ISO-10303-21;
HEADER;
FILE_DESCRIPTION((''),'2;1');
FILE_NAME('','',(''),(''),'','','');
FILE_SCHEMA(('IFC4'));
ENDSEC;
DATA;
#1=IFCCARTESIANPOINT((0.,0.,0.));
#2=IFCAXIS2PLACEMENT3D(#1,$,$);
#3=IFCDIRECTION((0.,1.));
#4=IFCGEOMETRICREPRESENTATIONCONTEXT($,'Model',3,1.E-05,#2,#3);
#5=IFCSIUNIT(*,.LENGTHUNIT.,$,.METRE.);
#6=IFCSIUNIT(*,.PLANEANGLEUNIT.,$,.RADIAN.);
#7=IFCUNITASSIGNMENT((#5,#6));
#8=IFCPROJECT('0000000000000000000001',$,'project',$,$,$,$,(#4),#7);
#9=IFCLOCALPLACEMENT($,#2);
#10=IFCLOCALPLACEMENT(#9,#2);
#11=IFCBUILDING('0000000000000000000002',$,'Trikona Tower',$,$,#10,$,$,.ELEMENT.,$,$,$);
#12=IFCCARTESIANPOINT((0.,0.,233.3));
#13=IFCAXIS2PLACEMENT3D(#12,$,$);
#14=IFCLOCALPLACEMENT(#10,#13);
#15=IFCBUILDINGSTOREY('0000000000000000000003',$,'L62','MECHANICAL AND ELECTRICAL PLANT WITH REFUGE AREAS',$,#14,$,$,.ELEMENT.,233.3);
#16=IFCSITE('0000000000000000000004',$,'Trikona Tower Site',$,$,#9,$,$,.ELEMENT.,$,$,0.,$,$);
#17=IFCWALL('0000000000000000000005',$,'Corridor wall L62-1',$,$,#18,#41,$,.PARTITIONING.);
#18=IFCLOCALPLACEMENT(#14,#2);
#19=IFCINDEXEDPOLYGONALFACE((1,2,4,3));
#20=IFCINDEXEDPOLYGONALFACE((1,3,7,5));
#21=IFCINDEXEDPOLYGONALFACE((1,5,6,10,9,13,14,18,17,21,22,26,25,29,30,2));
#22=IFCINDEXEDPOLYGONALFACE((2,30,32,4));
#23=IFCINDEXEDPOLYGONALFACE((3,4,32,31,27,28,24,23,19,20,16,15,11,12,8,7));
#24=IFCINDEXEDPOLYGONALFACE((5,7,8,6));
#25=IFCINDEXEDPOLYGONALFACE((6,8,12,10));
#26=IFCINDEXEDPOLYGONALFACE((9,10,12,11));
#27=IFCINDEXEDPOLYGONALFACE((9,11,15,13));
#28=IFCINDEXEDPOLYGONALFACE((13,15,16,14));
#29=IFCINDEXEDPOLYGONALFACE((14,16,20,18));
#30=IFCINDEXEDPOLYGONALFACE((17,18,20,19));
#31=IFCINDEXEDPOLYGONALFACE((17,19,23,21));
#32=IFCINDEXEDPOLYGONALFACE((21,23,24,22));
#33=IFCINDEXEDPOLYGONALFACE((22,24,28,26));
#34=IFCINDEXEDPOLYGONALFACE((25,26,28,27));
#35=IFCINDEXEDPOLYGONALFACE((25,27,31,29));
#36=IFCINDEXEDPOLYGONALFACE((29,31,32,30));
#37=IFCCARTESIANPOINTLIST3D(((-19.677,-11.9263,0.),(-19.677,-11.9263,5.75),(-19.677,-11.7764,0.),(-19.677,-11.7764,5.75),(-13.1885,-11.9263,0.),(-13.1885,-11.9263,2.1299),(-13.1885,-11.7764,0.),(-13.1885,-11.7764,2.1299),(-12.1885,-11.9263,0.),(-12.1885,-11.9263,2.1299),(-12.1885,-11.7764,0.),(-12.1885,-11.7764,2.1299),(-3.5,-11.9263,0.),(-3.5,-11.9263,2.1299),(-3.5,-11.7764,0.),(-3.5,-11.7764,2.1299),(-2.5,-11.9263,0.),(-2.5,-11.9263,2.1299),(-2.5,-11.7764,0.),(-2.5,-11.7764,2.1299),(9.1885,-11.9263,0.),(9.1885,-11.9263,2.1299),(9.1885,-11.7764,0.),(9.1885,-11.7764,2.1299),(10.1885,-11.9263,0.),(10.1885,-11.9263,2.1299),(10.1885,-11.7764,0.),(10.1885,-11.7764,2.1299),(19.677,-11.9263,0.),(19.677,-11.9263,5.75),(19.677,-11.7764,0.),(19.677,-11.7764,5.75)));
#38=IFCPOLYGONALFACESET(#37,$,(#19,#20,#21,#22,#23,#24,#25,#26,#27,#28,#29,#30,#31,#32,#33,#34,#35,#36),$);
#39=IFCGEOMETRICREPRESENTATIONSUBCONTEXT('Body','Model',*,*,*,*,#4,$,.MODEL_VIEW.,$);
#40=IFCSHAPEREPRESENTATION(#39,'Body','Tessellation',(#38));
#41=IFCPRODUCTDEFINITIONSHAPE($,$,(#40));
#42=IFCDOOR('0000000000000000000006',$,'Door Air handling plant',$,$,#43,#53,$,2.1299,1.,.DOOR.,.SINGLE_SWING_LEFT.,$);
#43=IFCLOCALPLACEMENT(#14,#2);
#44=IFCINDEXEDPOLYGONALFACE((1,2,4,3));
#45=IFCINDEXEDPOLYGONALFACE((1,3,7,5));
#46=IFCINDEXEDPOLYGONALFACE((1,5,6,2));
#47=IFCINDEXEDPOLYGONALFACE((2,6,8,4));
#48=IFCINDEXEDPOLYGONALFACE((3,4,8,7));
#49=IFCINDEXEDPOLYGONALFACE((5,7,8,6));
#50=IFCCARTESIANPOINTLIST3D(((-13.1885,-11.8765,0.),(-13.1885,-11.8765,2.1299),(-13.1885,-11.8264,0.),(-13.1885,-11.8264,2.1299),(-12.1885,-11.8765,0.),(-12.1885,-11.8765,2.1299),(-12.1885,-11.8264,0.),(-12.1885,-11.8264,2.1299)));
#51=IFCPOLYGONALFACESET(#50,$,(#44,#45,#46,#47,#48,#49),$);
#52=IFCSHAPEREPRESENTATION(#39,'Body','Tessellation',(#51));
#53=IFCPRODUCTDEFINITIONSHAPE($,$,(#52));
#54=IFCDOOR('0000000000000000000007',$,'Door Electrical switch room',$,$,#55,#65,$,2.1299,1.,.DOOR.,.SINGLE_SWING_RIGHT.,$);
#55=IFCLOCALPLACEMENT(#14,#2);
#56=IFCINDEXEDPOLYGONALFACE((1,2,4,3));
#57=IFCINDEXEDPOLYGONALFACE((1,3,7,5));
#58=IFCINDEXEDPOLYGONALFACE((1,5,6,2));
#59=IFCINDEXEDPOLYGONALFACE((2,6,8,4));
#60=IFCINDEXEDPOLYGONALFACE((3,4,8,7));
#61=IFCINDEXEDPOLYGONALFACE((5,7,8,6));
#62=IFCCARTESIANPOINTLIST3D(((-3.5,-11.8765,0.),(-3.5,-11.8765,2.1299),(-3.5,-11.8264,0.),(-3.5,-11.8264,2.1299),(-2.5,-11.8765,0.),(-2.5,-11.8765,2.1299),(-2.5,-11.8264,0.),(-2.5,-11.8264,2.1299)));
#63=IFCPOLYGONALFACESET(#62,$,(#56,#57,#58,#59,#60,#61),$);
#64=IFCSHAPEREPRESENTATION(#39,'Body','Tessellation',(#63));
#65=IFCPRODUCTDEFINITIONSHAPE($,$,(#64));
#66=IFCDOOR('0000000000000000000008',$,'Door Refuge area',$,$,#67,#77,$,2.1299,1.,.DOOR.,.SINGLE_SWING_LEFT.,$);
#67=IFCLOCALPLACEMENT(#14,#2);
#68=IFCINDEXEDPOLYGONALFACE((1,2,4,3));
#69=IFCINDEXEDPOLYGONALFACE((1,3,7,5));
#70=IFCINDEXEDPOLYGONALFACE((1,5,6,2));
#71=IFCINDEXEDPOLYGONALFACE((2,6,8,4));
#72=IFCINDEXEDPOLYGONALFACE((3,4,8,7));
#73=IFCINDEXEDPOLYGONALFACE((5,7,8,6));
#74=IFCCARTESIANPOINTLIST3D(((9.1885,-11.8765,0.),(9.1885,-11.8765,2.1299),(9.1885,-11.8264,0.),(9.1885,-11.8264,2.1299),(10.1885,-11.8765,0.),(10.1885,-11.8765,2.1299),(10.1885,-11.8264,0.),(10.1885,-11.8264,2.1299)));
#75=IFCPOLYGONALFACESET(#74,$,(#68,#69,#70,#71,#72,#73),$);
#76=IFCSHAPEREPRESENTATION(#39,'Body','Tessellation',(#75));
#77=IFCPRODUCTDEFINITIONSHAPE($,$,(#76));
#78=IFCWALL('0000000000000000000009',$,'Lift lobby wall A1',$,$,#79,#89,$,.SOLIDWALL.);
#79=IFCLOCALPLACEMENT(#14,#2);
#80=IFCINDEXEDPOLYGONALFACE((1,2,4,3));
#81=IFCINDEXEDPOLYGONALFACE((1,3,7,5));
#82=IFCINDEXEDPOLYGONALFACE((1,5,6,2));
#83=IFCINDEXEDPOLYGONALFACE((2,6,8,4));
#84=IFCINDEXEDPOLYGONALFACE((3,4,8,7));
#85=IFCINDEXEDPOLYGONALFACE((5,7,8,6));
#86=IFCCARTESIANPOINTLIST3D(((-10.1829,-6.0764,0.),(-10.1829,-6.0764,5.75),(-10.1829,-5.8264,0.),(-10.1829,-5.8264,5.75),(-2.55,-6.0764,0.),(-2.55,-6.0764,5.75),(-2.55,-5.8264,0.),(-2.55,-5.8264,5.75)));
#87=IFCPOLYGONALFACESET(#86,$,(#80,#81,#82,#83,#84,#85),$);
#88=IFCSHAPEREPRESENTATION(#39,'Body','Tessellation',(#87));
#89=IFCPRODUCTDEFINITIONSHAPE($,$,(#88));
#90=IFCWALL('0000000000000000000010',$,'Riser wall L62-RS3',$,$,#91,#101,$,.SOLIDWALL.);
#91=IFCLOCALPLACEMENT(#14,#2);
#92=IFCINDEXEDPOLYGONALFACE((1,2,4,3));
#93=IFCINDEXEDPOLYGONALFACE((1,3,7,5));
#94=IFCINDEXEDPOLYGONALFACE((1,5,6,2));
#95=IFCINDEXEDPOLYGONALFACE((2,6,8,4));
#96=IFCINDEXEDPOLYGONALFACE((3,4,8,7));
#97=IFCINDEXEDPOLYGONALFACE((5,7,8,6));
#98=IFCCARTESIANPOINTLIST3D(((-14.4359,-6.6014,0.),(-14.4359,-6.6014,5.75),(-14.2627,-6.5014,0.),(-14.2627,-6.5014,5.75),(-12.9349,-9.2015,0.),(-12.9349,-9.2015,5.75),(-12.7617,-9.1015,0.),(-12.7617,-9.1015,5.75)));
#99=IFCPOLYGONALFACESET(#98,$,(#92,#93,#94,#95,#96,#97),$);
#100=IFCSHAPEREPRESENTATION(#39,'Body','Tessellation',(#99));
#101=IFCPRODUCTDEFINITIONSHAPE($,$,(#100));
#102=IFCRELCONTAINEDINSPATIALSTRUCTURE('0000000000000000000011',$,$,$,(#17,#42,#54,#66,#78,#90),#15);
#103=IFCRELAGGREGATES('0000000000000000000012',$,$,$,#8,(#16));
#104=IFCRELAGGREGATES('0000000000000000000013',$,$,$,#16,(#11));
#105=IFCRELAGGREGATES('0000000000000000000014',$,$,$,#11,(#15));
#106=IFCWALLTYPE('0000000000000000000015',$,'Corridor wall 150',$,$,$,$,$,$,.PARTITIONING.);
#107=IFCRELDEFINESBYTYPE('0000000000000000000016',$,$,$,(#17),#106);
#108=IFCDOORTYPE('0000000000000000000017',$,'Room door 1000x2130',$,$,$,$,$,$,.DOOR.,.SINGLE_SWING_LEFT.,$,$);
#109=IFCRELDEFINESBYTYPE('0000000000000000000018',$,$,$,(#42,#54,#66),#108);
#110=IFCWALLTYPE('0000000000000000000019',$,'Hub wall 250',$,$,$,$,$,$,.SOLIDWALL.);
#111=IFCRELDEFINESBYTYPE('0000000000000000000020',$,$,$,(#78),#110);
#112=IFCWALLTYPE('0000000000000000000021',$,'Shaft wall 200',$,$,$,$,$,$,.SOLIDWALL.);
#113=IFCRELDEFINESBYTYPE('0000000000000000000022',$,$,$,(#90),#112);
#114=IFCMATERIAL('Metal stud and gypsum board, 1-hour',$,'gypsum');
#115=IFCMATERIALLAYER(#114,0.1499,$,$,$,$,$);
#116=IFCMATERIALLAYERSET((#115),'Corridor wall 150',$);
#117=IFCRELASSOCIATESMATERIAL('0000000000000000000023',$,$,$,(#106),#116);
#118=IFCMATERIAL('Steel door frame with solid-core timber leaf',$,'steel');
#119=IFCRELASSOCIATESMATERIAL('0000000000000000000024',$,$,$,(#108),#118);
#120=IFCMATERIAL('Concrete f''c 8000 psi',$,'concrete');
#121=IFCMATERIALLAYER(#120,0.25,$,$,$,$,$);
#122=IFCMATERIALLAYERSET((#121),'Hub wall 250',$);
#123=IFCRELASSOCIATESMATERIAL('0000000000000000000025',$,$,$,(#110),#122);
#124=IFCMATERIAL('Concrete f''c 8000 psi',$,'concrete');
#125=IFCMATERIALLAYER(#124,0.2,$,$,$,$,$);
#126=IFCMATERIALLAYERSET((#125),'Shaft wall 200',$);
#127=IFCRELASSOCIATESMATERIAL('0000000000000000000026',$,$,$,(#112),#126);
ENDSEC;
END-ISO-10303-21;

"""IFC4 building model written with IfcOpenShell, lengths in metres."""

from ifc_helpers import new_model, si_unit, direction, frame, frame_2d, origin, place, context, subcontext, project, spatial, rectangle, extrude, material, layer, layer_set, type_object, element, fill, save


model = new_model("IFC4")

# Units and contexts
model_context = context("Model", 3, precision=1e-05, world=origin(), true_north=direction((0.0, 1.0)))
body_context = subcontext(model_context, "Body", "Model", "MODEL_VIEW")
ifc_project = project(units=[si_unit("LENGTHUNIT", "METRE"), si_unit("PLANEANGLEUNIT", "RADIAN")], contexts=[model_context])

# Site, building, storey
site_placement = place(None, origin())
site = spatial("IfcSite", under=ifc_project, at=site_placement, Name="Trikona Tower Site", CompositionType="ELEMENT", RefElevation=0.0)
building_placement = place(site_placement, origin())
building = spatial("IfcBuilding", under=site, at=building_placement, Name="Trikona Tower", CompositionType="ELEMENT")
storey_placement = place(building_placement, frame((0.0, 0.0, 233.3)))
storey = spatial("IfcBuildingStorey", under=building, at=storey_placement, Name="L62", Description="MECHANICAL AND ELECTRICAL PLANT WITH REFUGE AREAS", CompositionType="ELEMENT", Elevation=233.3)

# Wall, openings, doors
ifc_material_1 = material(Name="Metal stud and gypsum board, 1-hour", Category="gypsum")
ifc_layer_1 = layer(ifc_material_1, 0.1499)
ifc_layer_set_1 = layer_set([ifc_layer_1], Name="Corridor wall 150")
wall_type_1 = type_object("IfcWallType", Name="Corridor wall 150", PredefinedType="PARTITIONING", material=ifc_layer_set_1)
wall_1_placement = place(storey_placement, frame((-19.677, -11.8513, 0.0), z_axis=(0.0, 0.0, 1.0), x_axis=(1.0, 0.0, 0.0)))
wall_1 = element("IfcWall", 1, at=wall_1_placement, inside=storey, type_object=wall_type_1, Name="Corridor wall L62-1", PredefinedType="PARTITIONING", context=body_context, shape_type="SweptSolid", body=[
    extrude(rectangle(XDim=39.354, YDim=0.1499, at=frame_2d((19.677, 0.0))), origin(), (0.0, 0.0, 1.0), 5.75),
])
opening_1_placement = place(wall_1_placement, frame((6.4885, 0.0, 0.0)))
opening_1 = element("IfcOpeningElement", 2, at=opening_1_placement, cuts=wall_1, PredefinedType="OPENING", context=body_context, shape_type="SweptSolid", body=[
    extrude(rectangle(XDim=1.0, YDim=2.1299, at=frame_2d((0.5, 1.0649))), frame((0.0, 0.085, 0.0), z_axis=(0.0, -1.0, 0.0), x_axis=(1.0, 0.0, 0.0)), (0.0, 0.0, 1.0), 0.1699),
])
opening_2_placement = place(wall_1_placement, frame((16.177, 0.0, 0.0)))
opening_2 = element("IfcOpeningElement", 3, at=opening_2_placement, cuts=wall_1, PredefinedType="OPENING", context=body_context, shape_type="SweptSolid", body=[
    extrude(rectangle(XDim=1.0, YDim=2.1299, at=frame_2d((0.5, 1.0649))), frame((0.0, 0.085, 0.0), z_axis=(0.0, -1.0, 0.0), x_axis=(1.0, 0.0, 0.0)), (0.0, 0.0, 1.0), 0.1699),
])
opening_3_placement = place(wall_1_placement, frame((28.8655, 0.0, 0.0)))
opening_3 = element("IfcOpeningElement", 4, at=opening_3_placement, cuts=wall_1, PredefinedType="OPENING", context=body_context, shape_type="SweptSolid", body=[
    extrude(rectangle(XDim=1.0, YDim=2.1299, at=frame_2d((0.5, 1.0649))), frame((0.0, 0.085, 0.0), z_axis=(0.0, -1.0, 0.0), x_axis=(1.0, 0.0, 0.0)), (0.0, 0.0, 1.0), 0.1699),
])
ifc_material_2 = material(Name="Steel door frame with solid-core timber leaf", Category="steel")
door_type_1 = type_object("IfcDoorType", Name="Room door 1000x2130", OperationType="SINGLE_SWING_LEFT", PredefinedType="DOOR", material=ifc_material_2)
door_1_placement = place(opening_1_placement, origin())
door_1 = element("IfcDoor", 5, at=door_1_placement, inside=storey, type_object=door_type_1, Name="Door Air handling plant", OperationType="SINGLE_SWING_LEFT", OverallHeight=2.1299, OverallWidth=1.0, PredefinedType="DOOR", context=body_context, shape_type="SweptSolid", body=[
    extrude(rectangle(XDim=1.0, YDim=2.1299, at=frame_2d((0.5, 1.0649))), frame((0.0, 0.0249, 0.0), z_axis=(0.0, -1.0, 0.0), x_axis=(1.0, 0.0, 0.0)), (0.0, 0.0, 1.0), 0.05),
])
fill(opening_1, door_1)
door_2_placement = place(opening_2_placement, origin())
door_2 = element("IfcDoor", 6, at=door_2_placement, inside=storey, type_object=door_type_1, Name="Door Electrical switch room", OperationType="SINGLE_SWING_RIGHT", OverallHeight=2.1299, OverallWidth=1.0, PredefinedType="DOOR", context=body_context, shape_type="SweptSolid", body=[
    extrude(rectangle(XDim=1.0, YDim=2.1299, at=frame_2d((0.5, 1.0649))), frame((0.0, 0.0249, 0.0), z_axis=(0.0, -1.0, 0.0), x_axis=(1.0, 0.0, 0.0)), (0.0, 0.0, 1.0), 0.05),
])
fill(opening_2, door_2)
door_3_placement = place(opening_3_placement, origin())
door_3 = element("IfcDoor", 7, at=door_3_placement, inside=storey, type_object=door_type_1, Name="Door Refuge area", OperationType="SINGLE_SWING_LEFT", OverallHeight=2.1299, OverallWidth=1.0, PredefinedType="DOOR", context=body_context, shape_type="SweptSolid", body=[
    extrude(rectangle(XDim=1.0, YDim=2.1299, at=frame_2d((0.5, 1.0649))), frame((0.0, 0.0249, 0.0), z_axis=(0.0, -1.0, 0.0), x_axis=(1.0, 0.0, 0.0)), (0.0, 0.0, 1.0), 0.05),
])
fill(opening_3, door_3)

# Walls
ifc_material_3 = material(Name="Concrete f'c 8000 psi", Category="concrete")
ifc_layer_2 = layer(ifc_material_3, 0.25)
ifc_layer_set_2 = layer_set([ifc_layer_2], Name="Hub wall 250")
wall_type_2 = type_object("IfcWallType", Name="Hub wall 250", PredefinedType="SOLIDWALL", material=ifc_layer_set_2)
wall_2_placement = place(storey_placement, frame((-10.1829, -5.9514, 0.0), z_axis=(0.0, 0.0, 1.0), x_axis=(1.0, 0.0, 0.0)))
element("IfcWall", 8, at=wall_2_placement, inside=storey, type_object=wall_type_2, Name="Lift lobby wall A1", PredefinedType="SOLIDWALL", context=body_context, shape_type="SweptSolid", body=[
    extrude(rectangle(XDim=7.6328, YDim=0.25, at=frame_2d((3.8164, 0.0))), origin(), (0.0, 0.0, 1.0), 5.75),
])
ifc_material_4 = material(Name="Concrete f'c 8000 psi", Category="concrete")
ifc_layer_3 = layer(ifc_material_4, 0.2)
ifc_layer_set_3 = layer_set([ifc_layer_3], Name="Shaft wall 200")
wall_type_3 = type_object("IfcWallType", Name="Shaft wall 200", PredefinedType="SOLIDWALL", material=ifc_layer_set_3)
wall_3_placement = place(storey_placement, frame((-12.8484, -9.1514, 0.0), z_axis=(0.0, 0.0, 1.0), x_axis=(-0.499952, 0.866053, 0.0)))
element("IfcWall", 9, at=wall_3_placement, inside=storey, type_object=wall_type_3, Name="Riser wall L62-RS3", PredefinedType="SOLIDWALL", context=body_context, shape_type="SweptSolid", body=[
    extrude(rectangle(XDim=3.0022, YDim=0.2, at=frame_2d((1.501, 0.0))), origin(), (0.0, 0.0, 1.0), 5.75),
])

save(model, "model.ifc")
